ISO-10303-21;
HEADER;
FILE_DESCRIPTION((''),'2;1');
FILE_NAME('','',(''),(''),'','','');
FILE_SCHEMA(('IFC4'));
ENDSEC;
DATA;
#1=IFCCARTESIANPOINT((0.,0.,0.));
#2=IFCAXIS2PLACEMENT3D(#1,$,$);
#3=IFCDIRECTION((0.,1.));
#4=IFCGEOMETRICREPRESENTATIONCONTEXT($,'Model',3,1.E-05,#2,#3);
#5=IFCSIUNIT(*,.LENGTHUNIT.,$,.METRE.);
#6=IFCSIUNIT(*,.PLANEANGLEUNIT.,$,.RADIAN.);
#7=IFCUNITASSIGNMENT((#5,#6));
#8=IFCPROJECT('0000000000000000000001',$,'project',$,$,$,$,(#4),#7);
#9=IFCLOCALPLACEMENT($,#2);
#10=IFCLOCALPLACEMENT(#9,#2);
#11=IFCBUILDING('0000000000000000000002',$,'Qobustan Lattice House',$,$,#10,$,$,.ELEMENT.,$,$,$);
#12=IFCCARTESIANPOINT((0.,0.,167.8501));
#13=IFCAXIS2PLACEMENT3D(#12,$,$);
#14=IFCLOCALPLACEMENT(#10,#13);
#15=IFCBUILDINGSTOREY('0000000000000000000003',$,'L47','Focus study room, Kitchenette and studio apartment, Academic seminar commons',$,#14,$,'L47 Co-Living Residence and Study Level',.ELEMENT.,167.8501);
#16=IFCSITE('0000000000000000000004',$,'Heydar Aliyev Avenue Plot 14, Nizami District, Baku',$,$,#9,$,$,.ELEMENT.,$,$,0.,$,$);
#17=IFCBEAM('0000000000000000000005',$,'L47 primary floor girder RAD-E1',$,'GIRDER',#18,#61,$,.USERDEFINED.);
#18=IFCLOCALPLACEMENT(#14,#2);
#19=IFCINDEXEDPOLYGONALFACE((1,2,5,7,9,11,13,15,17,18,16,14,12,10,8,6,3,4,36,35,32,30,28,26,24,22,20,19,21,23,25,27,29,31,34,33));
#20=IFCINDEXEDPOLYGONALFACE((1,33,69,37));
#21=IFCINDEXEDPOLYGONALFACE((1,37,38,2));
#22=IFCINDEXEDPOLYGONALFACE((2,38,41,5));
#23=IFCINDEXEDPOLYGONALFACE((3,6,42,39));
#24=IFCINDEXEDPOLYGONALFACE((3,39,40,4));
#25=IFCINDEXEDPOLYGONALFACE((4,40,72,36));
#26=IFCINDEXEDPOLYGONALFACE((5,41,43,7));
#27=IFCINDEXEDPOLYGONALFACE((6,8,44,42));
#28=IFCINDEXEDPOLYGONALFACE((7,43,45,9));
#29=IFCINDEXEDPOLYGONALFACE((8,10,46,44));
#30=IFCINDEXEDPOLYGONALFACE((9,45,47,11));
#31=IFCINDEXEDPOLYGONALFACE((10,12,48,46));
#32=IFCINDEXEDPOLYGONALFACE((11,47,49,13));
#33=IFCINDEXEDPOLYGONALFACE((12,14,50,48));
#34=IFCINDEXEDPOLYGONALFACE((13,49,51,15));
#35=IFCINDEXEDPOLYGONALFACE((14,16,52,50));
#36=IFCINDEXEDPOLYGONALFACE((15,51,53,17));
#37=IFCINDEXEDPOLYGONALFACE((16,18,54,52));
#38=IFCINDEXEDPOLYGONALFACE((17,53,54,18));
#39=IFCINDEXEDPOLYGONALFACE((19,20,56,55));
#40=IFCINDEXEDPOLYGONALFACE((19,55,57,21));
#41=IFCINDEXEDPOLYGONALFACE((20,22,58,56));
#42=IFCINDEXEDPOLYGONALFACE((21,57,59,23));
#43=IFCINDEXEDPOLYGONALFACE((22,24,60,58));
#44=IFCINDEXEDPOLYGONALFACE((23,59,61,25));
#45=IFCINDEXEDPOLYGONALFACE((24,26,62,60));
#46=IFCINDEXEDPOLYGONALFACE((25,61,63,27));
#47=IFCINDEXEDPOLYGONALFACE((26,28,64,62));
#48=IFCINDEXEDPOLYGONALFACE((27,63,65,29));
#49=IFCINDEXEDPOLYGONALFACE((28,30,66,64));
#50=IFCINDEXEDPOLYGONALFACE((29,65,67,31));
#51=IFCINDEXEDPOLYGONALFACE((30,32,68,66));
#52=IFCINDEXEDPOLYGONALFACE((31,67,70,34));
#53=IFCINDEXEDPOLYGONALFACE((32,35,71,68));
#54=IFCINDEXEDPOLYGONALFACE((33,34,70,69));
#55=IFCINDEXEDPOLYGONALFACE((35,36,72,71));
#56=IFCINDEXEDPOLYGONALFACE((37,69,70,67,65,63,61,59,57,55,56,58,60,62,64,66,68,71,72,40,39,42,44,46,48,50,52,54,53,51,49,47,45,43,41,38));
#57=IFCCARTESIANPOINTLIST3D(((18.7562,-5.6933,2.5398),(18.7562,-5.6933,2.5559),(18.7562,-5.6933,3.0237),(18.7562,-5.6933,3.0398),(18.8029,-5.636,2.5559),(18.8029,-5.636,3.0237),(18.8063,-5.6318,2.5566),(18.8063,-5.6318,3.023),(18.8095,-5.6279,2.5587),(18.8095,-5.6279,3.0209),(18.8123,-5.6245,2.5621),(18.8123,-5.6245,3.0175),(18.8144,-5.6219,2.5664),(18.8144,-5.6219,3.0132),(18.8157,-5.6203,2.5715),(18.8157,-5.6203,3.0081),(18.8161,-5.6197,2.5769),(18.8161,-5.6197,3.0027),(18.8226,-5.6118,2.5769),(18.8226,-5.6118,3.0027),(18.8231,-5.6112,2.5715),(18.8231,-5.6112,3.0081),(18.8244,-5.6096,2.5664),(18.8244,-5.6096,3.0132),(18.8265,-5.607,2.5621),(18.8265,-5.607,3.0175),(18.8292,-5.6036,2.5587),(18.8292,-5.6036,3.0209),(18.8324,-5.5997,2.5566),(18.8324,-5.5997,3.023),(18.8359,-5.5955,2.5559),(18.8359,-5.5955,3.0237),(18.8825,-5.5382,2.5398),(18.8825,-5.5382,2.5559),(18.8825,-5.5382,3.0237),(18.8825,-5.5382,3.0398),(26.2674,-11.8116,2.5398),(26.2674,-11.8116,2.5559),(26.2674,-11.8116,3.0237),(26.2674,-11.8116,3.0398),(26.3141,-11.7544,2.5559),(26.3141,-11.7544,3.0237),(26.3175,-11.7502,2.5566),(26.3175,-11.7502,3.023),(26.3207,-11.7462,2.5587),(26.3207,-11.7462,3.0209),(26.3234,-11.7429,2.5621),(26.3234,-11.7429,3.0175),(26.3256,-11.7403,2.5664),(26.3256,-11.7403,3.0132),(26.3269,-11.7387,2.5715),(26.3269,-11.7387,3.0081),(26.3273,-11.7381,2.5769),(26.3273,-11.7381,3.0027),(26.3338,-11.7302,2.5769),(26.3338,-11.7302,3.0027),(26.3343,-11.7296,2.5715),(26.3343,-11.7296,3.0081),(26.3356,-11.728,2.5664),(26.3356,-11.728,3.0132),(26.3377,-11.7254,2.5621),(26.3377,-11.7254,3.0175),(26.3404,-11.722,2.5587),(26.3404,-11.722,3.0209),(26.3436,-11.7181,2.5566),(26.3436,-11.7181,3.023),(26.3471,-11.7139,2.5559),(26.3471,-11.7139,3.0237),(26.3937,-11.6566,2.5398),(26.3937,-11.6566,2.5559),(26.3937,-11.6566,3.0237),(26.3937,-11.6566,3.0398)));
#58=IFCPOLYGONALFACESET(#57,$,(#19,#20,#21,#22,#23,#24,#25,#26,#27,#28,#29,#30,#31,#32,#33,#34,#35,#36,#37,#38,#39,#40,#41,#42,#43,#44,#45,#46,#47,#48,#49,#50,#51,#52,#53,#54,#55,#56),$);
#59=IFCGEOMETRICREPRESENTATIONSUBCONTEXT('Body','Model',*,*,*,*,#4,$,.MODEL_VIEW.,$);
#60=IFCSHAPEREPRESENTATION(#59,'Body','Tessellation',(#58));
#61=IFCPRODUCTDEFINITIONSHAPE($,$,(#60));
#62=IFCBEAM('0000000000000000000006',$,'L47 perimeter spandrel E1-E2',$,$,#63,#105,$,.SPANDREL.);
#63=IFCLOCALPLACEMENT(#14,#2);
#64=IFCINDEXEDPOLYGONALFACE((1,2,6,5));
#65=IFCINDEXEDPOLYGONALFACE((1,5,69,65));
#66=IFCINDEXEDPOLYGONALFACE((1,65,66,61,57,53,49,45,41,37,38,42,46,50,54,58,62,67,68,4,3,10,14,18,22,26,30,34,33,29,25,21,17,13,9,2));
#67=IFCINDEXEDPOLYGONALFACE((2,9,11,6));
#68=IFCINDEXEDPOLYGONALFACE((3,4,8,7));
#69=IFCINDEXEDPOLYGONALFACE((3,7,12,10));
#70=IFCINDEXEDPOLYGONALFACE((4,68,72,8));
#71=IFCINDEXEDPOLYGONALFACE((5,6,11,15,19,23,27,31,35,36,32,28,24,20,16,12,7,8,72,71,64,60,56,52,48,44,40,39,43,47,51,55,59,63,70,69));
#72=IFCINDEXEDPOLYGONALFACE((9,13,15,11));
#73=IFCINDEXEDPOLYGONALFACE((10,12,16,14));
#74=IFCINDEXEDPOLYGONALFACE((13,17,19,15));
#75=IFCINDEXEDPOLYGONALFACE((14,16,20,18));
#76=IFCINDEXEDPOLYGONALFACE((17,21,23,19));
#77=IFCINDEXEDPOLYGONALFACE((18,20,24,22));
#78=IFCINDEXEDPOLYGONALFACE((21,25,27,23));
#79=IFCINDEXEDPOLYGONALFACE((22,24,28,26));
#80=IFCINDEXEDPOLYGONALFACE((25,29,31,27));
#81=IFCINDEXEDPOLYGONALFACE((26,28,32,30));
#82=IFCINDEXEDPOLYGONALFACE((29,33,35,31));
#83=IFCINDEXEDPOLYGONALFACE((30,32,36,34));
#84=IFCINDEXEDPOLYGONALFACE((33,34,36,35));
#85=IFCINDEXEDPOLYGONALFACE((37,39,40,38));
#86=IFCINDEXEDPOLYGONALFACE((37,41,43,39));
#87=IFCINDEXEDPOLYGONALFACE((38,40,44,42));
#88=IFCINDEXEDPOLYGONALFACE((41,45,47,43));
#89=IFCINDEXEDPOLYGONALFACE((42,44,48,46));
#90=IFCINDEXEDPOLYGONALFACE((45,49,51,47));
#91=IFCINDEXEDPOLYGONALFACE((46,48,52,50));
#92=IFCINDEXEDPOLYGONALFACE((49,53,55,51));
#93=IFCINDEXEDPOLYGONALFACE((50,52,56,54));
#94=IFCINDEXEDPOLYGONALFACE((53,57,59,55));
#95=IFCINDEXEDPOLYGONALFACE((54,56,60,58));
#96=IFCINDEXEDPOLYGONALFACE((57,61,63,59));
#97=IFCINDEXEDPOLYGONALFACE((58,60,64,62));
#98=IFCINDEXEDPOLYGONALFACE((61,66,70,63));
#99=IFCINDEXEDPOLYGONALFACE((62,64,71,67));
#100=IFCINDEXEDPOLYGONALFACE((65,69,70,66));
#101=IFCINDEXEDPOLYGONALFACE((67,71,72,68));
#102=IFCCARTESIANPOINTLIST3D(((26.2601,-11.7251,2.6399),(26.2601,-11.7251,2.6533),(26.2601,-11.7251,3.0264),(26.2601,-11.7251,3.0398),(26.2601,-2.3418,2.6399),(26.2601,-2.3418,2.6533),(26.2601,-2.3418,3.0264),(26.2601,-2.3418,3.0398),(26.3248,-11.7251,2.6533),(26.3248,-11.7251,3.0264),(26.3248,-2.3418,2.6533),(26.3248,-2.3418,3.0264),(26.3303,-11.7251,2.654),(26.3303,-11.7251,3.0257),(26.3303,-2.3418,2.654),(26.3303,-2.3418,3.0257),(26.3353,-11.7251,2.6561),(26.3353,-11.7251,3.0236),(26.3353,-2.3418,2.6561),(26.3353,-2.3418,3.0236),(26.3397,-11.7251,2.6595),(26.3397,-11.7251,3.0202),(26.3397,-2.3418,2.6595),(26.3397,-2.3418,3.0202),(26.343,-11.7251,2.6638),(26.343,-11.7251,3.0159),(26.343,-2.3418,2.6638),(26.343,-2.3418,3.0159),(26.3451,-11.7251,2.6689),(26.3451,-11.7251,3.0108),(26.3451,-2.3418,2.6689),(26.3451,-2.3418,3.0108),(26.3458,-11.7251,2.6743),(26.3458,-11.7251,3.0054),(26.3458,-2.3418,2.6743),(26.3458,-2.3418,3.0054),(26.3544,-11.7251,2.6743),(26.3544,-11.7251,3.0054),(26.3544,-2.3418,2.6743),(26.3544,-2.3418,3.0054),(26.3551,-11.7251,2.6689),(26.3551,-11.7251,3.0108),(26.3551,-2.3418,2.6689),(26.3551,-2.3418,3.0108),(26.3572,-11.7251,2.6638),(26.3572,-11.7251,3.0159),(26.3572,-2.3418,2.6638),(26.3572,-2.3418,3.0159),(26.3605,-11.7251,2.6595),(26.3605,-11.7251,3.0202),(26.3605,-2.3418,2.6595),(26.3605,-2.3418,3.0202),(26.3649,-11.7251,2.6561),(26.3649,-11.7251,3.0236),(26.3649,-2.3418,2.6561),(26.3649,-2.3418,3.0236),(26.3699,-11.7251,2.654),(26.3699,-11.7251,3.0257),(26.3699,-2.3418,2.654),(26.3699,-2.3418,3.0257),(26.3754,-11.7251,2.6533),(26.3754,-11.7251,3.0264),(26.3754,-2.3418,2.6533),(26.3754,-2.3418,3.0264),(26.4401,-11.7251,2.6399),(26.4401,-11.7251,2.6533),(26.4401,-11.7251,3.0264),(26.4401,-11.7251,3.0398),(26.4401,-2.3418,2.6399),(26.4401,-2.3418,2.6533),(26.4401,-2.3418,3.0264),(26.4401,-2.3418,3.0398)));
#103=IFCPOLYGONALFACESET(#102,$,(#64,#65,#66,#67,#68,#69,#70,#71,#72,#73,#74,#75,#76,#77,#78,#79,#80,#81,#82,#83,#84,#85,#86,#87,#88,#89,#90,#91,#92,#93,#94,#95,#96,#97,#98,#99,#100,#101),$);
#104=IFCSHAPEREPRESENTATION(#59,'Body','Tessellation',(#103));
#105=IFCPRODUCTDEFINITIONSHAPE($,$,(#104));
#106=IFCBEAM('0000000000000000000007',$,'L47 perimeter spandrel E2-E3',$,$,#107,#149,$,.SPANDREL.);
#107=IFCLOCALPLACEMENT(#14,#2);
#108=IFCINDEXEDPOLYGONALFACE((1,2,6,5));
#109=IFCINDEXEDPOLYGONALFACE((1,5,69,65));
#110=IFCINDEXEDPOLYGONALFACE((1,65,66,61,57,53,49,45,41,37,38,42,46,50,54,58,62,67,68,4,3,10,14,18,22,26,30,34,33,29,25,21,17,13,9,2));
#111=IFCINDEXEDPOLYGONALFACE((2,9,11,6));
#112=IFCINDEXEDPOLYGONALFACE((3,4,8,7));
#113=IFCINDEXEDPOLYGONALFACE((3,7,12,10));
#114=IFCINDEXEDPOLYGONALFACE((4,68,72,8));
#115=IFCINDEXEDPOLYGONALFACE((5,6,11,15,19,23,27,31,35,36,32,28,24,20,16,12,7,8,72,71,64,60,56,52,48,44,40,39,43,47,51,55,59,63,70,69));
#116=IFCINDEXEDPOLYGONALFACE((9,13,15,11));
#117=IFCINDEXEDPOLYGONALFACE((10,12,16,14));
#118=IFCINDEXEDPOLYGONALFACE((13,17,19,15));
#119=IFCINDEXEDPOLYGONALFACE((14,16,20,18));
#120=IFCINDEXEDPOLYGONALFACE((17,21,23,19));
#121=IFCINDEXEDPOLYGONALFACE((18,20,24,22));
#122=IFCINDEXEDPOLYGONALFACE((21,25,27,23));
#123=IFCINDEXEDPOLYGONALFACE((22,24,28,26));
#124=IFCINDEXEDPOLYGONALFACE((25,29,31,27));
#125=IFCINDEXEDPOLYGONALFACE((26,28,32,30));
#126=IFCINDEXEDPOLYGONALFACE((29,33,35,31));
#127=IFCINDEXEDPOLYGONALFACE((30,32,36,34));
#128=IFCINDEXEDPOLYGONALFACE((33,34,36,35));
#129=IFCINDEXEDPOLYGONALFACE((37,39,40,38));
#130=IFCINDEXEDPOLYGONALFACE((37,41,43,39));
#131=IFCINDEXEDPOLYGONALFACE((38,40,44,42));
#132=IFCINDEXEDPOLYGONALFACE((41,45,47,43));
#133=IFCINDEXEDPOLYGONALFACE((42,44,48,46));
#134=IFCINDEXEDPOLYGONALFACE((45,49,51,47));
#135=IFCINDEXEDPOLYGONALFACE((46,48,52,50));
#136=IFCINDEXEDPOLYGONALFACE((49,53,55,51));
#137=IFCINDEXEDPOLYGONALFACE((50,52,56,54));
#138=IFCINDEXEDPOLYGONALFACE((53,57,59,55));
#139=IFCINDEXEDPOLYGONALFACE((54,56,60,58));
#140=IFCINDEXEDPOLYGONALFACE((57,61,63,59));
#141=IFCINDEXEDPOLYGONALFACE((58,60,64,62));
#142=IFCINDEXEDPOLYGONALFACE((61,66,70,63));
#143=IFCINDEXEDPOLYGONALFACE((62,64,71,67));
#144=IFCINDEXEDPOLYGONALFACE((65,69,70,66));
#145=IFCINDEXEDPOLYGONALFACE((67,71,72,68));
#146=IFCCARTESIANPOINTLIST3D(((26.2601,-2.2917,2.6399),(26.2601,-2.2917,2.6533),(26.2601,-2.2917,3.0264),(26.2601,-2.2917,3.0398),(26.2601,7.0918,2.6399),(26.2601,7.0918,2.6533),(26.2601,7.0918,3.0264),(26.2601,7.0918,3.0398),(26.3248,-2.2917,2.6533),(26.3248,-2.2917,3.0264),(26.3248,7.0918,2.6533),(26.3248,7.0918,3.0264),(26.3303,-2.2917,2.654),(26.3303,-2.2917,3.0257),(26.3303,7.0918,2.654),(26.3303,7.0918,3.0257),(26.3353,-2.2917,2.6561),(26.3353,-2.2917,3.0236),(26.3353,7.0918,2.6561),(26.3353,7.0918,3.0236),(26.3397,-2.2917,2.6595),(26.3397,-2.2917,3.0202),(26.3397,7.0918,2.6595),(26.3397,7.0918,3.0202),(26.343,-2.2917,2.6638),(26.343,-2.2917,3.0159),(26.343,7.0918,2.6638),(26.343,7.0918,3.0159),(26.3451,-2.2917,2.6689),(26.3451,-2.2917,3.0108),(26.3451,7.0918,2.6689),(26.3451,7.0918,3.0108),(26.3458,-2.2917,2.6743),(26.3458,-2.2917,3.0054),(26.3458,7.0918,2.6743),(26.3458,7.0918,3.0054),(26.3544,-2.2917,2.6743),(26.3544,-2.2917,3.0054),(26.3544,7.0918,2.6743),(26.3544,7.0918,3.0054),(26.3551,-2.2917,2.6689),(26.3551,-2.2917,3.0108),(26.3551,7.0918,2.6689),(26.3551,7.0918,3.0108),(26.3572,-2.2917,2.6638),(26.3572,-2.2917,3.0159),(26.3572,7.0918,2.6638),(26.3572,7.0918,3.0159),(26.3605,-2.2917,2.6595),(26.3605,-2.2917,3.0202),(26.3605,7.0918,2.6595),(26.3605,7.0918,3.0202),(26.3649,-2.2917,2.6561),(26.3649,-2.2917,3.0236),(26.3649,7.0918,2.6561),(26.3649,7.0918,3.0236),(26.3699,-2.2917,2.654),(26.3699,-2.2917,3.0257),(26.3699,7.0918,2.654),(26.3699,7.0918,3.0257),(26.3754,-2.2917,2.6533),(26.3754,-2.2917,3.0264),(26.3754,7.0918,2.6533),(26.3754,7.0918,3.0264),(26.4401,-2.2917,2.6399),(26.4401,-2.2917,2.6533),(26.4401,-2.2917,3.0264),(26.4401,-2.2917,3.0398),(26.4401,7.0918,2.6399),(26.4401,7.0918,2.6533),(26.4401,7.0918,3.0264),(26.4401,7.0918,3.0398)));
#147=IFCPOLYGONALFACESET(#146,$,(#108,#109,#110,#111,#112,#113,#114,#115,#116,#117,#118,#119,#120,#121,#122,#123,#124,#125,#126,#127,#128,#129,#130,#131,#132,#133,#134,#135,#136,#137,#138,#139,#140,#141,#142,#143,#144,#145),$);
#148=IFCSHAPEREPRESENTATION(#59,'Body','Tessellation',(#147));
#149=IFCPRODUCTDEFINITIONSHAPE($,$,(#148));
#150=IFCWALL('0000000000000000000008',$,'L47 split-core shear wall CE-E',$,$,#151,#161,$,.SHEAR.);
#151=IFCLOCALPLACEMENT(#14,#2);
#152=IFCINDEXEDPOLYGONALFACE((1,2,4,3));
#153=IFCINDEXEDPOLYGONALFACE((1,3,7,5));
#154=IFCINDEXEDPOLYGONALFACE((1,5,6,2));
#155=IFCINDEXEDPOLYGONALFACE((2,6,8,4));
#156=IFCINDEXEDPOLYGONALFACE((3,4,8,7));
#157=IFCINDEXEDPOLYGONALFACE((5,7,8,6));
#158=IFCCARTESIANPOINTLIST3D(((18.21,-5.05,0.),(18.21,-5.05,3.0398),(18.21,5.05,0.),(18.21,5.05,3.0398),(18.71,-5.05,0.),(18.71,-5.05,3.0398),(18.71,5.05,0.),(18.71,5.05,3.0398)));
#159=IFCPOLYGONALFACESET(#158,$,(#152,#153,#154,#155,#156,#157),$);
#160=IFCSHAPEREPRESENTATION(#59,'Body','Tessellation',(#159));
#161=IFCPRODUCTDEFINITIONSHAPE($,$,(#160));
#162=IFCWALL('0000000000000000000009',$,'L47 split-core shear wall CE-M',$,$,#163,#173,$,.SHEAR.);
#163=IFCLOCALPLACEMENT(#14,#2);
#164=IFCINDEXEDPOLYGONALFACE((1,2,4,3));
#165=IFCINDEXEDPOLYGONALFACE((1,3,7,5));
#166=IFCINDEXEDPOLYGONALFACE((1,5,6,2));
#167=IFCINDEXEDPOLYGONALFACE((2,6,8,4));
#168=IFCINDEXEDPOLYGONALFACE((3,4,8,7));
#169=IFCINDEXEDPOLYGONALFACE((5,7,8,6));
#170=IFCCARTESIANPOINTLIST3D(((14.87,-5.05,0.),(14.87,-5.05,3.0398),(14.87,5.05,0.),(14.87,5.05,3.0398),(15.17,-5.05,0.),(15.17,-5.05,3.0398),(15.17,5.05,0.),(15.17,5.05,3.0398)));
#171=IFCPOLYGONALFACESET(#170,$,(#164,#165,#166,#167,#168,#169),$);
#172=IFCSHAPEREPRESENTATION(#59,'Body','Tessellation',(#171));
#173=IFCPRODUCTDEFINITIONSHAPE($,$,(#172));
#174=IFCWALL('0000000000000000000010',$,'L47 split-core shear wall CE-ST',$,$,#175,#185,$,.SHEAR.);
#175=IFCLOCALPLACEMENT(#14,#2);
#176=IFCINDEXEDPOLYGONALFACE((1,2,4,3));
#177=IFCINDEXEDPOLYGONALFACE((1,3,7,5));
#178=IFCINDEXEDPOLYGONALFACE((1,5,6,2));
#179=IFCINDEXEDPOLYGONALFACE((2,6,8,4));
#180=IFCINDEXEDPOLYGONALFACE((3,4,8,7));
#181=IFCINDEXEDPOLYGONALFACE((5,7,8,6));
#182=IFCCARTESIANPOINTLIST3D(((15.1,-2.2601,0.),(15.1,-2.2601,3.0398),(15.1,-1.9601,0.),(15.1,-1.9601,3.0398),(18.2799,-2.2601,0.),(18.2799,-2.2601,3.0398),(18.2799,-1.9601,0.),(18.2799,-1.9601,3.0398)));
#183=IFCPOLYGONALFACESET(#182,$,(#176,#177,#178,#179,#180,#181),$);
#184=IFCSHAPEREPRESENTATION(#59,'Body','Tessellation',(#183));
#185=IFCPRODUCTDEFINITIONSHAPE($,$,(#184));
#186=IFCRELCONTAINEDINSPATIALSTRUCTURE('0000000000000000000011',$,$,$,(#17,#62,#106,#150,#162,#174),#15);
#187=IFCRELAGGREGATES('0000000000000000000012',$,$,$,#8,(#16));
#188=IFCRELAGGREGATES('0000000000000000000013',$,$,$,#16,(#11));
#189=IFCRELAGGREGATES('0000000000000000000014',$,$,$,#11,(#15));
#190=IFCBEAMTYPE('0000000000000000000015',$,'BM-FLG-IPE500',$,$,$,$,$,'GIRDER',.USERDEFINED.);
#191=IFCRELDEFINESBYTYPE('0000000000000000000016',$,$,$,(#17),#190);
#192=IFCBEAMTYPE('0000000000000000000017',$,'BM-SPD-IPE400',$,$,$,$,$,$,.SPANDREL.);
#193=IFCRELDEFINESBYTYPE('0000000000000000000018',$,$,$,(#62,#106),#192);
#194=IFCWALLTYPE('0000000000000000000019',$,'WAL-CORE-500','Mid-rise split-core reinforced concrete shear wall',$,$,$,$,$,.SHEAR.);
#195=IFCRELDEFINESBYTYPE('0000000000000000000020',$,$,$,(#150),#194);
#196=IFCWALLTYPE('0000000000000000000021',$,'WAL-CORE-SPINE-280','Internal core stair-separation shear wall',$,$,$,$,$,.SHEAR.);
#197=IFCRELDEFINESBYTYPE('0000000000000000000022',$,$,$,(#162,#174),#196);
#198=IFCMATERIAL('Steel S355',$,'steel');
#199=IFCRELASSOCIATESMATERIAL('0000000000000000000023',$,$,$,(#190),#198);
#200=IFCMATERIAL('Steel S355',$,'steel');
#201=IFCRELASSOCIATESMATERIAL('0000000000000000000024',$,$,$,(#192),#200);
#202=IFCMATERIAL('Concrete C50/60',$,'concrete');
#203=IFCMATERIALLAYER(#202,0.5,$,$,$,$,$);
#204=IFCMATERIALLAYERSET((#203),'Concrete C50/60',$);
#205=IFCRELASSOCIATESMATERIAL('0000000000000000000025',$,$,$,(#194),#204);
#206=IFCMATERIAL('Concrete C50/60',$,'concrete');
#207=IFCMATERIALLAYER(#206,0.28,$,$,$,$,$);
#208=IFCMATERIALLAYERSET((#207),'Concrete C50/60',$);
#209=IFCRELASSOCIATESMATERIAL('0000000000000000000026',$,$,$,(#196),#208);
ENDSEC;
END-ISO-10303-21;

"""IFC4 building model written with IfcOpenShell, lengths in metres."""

from ifc_helpers import new_model, si_unit, direction, frame, frame_2d, origin, origin_2d, place, context, subcontext, project, spatial, rectangle, i_section, extrude, material, layer, layer_set, material_profile, profile_set, type_object, element, save


model = new_model("IFC4")

# Units and contexts
model_context = context("Model", 3, precision=1e-05, world=origin(), true_north=direction((0.0, 1.0)))
body_context = subcontext(model_context, "Body", "Model", "MODEL_VIEW")
ifc_project = project(units=[si_unit("LENGTHUNIT", "METRE"), si_unit("PLANEANGLEUNIT", "RADIAN")], contexts=[model_context])

# Site, building, storey
site_placement = place(None, origin())
site = spatial("IfcSite", under=ifc_project, at=site_placement, Name="Heydar Aliyev Avenue Plot 14, Nizami District, Baku", CompositionType="ELEMENT", RefElevation=0.0)
building_placement = place(site_placement, origin())
building = spatial("IfcBuilding", under=site, at=building_placement, Name="Qobustan Lattice House", CompositionType="ELEMENT")
storey_placement = place(building_placement, frame((0.0, 0.0, 167.8501)))
storey = spatial("IfcBuildingStorey", under=building, at=storey_placement, Name="L47", Description="Focus study room, Kitchenette and studio apartment, Academic seminar commons", LongName="L47 Co-Living Residence and Study Level", CompositionType="ELEMENT", Elevation=167.8501)

# Beams
ifc_material_1 = material(Name="Steel S355", Category="steel")
ifc_material_profile_1 = material_profile(ifc_material_1, i_section(OverallWidth=0.2, OverallDepth=0.5, WebThickness=0.0103, FlangeThickness=0.0161, FilletRadius=0.021, at=origin_2d()), Name="IPE500")
ifc_profile_set_1 = profile_set([ifc_material_profile_1], Name="Steel S355")
beam_type_1 = type_object("IfcBeamType", Name="BM-FLG-IPE500", ElementType="GIRDER", PredefinedType="USERDEFINED", material=ifc_profile_set_1)
beam_1_placement = place(storey_placement, frame((26.3306, -11.7341, 2.7898), z_axis=(-0.775329, 0.631558, 0.0), x_axis=(-0.631558, -0.775329, 0.0)))
element("IfcBeam", 1, at=beam_1_placement, inside=storey, type_object=beam_type_1, Name="L47 primary floor girder RAD-E1", ObjectType="GIRDER", PredefinedType="USERDEFINED", context=body_context, shape_type="SweptSolid", body=[
    extrude(i_section(OverallWidth=0.2, OverallDepth=0.5, WebThickness=0.0103, FlangeThickness=0.0161, FilletRadius=0.021, at=origin_2d()), origin(), (0.0, 0.0, 1.0), 9.6877),
])
ifc_material_2 = material(Name="Steel S355", Category="steel")
ifc_material_profile_2 = material_profile(ifc_material_2, i_section(OverallWidth=0.1799, OverallDepth=0.3999, WebThickness=0.0085, FlangeThickness=0.0134, FilletRadius=0.021, at=origin_2d()), Name="IPE400")
ifc_profile_set_2 = profile_set([ifc_material_profile_2], Name="Steel S355")
beam_type_2 = type_object("IfcBeamType", Name="BM-SPD-IPE400", PredefinedType="SPANDREL", material=ifc_profile_set_2)
beam_2_placement = place(storey_placement, frame((26.3501, -11.7251, 2.8398), z_axis=(0.0, 1.0, 0.0), x_axis=(-1.0, 0.0, 0.0)))
element("IfcBeam", 2, at=beam_2_placement, inside=storey, type_object=beam_type_2, Name="L47 perimeter spandrel E1-E2", PredefinedType="SPANDREL", context=body_context, shape_type="SweptSolid", body=[
    extrude(i_section(OverallWidth=0.1799, OverallDepth=0.3999, WebThickness=0.0085, FlangeThickness=0.0134, FilletRadius=0.021, at=origin_2d()), origin(), (0.0, 0.0, 1.0), 9.3833),
])
beam_3_placement = place(storey_placement, frame((26.3501, -2.2917, 2.8398), z_axis=(0.0, 1.0, 0.0), x_axis=(-1.0, 0.0, 0.0)))
element("IfcBeam", 3, at=beam_3_placement, inside=storey, type_object=beam_type_2, Name="L47 perimeter spandrel E2-E3", PredefinedType="SPANDREL", context=body_context, shape_type="SweptSolid", body=[
    extrude(i_section(OverallWidth=0.1799, OverallDepth=0.3999, WebThickness=0.0085, FlangeThickness=0.0134, FilletRadius=0.021, at=origin_2d()), origin(), (0.0, 0.0, 1.0), 9.3835),
])

# Walls
ifc_material_3 = material(Name="Concrete C50/60", Category="concrete")
ifc_layer_1 = layer(ifc_material_3, 0.5)
ifc_layer_set_1 = layer_set([ifc_layer_1], Name="Concrete C50/60")
wall_type_1 = type_object("IfcWallType", Name="WAL-CORE-500", Description="Mid-rise split-core reinforced concrete shear wall", PredefinedType="SHEAR", material=ifc_layer_set_1)
wall_1_placement = place(storey_placement, frame((18.46, -5.05, 0.0), z_axis=(0.0, 0.0, 1.0), x_axis=(0.0, 1.0, 0.0)))
element("IfcWall", 4, at=wall_1_placement, inside=storey, type_object=wall_type_1, Name="L47 split-core shear wall CE-E", PredefinedType="SHEAR", context=body_context, shape_type="SweptSolid", body=[
    extrude(rectangle(XDim=10.1001, YDim=0.5, at=frame_2d((5.05, 0.0))), origin(), (0.0, 0.0, 1.0), 3.0398),
])
ifc_material_4 = material(Name="Concrete C50/60", Category="concrete")
ifc_layer_2 = layer(ifc_material_4, 0.28)
ifc_layer_set_2 = layer_set([ifc_layer_2], Name="Concrete C50/60")
wall_type_2 = type_object("IfcWallType", Name="WAL-CORE-SPINE-280", Description="Internal core stair-separation shear wall", PredefinedType="SHEAR", material=ifc_layer_set_2)
wall_2_placement = place(storey_placement, frame((15.02, -5.05, 0.0), z_axis=(0.0, 0.0, 1.0), x_axis=(0.0, 1.0, 0.0)))
element("IfcWall", 5, at=wall_2_placement, inside=storey, type_object=wall_type_2, Name="L47 split-core shear wall CE-M", PredefinedType="SHEAR", context=body_context, shape_type="SweptSolid", body=[
    extrude(rectangle(XDim=10.1001, YDim=0.3, at=frame_2d((5.05, 0.0))), origin(), (0.0, 0.0, 1.0), 3.0398),
])
wall_3_placement = place(storey_placement, frame((15.1001, -2.1101, 0.0), z_axis=(0.0, 0.0, 1.0), x_axis=(1.0, 0.0, 0.0)))
element("IfcWall", 6, at=wall_3_placement, inside=storey, type_object=wall_type_2, Name="L47 split-core shear wall CE-ST", PredefinedType="SHEAR", context=body_context, shape_type="SweptSolid", body=[
    extrude(rectangle(XDim=3.1799, YDim=0.3, at=frame_2d((1.5898, 0.0))), origin(), (0.0, 0.0, 1.0), 3.0398),
])

save(model, "model.ifc")
